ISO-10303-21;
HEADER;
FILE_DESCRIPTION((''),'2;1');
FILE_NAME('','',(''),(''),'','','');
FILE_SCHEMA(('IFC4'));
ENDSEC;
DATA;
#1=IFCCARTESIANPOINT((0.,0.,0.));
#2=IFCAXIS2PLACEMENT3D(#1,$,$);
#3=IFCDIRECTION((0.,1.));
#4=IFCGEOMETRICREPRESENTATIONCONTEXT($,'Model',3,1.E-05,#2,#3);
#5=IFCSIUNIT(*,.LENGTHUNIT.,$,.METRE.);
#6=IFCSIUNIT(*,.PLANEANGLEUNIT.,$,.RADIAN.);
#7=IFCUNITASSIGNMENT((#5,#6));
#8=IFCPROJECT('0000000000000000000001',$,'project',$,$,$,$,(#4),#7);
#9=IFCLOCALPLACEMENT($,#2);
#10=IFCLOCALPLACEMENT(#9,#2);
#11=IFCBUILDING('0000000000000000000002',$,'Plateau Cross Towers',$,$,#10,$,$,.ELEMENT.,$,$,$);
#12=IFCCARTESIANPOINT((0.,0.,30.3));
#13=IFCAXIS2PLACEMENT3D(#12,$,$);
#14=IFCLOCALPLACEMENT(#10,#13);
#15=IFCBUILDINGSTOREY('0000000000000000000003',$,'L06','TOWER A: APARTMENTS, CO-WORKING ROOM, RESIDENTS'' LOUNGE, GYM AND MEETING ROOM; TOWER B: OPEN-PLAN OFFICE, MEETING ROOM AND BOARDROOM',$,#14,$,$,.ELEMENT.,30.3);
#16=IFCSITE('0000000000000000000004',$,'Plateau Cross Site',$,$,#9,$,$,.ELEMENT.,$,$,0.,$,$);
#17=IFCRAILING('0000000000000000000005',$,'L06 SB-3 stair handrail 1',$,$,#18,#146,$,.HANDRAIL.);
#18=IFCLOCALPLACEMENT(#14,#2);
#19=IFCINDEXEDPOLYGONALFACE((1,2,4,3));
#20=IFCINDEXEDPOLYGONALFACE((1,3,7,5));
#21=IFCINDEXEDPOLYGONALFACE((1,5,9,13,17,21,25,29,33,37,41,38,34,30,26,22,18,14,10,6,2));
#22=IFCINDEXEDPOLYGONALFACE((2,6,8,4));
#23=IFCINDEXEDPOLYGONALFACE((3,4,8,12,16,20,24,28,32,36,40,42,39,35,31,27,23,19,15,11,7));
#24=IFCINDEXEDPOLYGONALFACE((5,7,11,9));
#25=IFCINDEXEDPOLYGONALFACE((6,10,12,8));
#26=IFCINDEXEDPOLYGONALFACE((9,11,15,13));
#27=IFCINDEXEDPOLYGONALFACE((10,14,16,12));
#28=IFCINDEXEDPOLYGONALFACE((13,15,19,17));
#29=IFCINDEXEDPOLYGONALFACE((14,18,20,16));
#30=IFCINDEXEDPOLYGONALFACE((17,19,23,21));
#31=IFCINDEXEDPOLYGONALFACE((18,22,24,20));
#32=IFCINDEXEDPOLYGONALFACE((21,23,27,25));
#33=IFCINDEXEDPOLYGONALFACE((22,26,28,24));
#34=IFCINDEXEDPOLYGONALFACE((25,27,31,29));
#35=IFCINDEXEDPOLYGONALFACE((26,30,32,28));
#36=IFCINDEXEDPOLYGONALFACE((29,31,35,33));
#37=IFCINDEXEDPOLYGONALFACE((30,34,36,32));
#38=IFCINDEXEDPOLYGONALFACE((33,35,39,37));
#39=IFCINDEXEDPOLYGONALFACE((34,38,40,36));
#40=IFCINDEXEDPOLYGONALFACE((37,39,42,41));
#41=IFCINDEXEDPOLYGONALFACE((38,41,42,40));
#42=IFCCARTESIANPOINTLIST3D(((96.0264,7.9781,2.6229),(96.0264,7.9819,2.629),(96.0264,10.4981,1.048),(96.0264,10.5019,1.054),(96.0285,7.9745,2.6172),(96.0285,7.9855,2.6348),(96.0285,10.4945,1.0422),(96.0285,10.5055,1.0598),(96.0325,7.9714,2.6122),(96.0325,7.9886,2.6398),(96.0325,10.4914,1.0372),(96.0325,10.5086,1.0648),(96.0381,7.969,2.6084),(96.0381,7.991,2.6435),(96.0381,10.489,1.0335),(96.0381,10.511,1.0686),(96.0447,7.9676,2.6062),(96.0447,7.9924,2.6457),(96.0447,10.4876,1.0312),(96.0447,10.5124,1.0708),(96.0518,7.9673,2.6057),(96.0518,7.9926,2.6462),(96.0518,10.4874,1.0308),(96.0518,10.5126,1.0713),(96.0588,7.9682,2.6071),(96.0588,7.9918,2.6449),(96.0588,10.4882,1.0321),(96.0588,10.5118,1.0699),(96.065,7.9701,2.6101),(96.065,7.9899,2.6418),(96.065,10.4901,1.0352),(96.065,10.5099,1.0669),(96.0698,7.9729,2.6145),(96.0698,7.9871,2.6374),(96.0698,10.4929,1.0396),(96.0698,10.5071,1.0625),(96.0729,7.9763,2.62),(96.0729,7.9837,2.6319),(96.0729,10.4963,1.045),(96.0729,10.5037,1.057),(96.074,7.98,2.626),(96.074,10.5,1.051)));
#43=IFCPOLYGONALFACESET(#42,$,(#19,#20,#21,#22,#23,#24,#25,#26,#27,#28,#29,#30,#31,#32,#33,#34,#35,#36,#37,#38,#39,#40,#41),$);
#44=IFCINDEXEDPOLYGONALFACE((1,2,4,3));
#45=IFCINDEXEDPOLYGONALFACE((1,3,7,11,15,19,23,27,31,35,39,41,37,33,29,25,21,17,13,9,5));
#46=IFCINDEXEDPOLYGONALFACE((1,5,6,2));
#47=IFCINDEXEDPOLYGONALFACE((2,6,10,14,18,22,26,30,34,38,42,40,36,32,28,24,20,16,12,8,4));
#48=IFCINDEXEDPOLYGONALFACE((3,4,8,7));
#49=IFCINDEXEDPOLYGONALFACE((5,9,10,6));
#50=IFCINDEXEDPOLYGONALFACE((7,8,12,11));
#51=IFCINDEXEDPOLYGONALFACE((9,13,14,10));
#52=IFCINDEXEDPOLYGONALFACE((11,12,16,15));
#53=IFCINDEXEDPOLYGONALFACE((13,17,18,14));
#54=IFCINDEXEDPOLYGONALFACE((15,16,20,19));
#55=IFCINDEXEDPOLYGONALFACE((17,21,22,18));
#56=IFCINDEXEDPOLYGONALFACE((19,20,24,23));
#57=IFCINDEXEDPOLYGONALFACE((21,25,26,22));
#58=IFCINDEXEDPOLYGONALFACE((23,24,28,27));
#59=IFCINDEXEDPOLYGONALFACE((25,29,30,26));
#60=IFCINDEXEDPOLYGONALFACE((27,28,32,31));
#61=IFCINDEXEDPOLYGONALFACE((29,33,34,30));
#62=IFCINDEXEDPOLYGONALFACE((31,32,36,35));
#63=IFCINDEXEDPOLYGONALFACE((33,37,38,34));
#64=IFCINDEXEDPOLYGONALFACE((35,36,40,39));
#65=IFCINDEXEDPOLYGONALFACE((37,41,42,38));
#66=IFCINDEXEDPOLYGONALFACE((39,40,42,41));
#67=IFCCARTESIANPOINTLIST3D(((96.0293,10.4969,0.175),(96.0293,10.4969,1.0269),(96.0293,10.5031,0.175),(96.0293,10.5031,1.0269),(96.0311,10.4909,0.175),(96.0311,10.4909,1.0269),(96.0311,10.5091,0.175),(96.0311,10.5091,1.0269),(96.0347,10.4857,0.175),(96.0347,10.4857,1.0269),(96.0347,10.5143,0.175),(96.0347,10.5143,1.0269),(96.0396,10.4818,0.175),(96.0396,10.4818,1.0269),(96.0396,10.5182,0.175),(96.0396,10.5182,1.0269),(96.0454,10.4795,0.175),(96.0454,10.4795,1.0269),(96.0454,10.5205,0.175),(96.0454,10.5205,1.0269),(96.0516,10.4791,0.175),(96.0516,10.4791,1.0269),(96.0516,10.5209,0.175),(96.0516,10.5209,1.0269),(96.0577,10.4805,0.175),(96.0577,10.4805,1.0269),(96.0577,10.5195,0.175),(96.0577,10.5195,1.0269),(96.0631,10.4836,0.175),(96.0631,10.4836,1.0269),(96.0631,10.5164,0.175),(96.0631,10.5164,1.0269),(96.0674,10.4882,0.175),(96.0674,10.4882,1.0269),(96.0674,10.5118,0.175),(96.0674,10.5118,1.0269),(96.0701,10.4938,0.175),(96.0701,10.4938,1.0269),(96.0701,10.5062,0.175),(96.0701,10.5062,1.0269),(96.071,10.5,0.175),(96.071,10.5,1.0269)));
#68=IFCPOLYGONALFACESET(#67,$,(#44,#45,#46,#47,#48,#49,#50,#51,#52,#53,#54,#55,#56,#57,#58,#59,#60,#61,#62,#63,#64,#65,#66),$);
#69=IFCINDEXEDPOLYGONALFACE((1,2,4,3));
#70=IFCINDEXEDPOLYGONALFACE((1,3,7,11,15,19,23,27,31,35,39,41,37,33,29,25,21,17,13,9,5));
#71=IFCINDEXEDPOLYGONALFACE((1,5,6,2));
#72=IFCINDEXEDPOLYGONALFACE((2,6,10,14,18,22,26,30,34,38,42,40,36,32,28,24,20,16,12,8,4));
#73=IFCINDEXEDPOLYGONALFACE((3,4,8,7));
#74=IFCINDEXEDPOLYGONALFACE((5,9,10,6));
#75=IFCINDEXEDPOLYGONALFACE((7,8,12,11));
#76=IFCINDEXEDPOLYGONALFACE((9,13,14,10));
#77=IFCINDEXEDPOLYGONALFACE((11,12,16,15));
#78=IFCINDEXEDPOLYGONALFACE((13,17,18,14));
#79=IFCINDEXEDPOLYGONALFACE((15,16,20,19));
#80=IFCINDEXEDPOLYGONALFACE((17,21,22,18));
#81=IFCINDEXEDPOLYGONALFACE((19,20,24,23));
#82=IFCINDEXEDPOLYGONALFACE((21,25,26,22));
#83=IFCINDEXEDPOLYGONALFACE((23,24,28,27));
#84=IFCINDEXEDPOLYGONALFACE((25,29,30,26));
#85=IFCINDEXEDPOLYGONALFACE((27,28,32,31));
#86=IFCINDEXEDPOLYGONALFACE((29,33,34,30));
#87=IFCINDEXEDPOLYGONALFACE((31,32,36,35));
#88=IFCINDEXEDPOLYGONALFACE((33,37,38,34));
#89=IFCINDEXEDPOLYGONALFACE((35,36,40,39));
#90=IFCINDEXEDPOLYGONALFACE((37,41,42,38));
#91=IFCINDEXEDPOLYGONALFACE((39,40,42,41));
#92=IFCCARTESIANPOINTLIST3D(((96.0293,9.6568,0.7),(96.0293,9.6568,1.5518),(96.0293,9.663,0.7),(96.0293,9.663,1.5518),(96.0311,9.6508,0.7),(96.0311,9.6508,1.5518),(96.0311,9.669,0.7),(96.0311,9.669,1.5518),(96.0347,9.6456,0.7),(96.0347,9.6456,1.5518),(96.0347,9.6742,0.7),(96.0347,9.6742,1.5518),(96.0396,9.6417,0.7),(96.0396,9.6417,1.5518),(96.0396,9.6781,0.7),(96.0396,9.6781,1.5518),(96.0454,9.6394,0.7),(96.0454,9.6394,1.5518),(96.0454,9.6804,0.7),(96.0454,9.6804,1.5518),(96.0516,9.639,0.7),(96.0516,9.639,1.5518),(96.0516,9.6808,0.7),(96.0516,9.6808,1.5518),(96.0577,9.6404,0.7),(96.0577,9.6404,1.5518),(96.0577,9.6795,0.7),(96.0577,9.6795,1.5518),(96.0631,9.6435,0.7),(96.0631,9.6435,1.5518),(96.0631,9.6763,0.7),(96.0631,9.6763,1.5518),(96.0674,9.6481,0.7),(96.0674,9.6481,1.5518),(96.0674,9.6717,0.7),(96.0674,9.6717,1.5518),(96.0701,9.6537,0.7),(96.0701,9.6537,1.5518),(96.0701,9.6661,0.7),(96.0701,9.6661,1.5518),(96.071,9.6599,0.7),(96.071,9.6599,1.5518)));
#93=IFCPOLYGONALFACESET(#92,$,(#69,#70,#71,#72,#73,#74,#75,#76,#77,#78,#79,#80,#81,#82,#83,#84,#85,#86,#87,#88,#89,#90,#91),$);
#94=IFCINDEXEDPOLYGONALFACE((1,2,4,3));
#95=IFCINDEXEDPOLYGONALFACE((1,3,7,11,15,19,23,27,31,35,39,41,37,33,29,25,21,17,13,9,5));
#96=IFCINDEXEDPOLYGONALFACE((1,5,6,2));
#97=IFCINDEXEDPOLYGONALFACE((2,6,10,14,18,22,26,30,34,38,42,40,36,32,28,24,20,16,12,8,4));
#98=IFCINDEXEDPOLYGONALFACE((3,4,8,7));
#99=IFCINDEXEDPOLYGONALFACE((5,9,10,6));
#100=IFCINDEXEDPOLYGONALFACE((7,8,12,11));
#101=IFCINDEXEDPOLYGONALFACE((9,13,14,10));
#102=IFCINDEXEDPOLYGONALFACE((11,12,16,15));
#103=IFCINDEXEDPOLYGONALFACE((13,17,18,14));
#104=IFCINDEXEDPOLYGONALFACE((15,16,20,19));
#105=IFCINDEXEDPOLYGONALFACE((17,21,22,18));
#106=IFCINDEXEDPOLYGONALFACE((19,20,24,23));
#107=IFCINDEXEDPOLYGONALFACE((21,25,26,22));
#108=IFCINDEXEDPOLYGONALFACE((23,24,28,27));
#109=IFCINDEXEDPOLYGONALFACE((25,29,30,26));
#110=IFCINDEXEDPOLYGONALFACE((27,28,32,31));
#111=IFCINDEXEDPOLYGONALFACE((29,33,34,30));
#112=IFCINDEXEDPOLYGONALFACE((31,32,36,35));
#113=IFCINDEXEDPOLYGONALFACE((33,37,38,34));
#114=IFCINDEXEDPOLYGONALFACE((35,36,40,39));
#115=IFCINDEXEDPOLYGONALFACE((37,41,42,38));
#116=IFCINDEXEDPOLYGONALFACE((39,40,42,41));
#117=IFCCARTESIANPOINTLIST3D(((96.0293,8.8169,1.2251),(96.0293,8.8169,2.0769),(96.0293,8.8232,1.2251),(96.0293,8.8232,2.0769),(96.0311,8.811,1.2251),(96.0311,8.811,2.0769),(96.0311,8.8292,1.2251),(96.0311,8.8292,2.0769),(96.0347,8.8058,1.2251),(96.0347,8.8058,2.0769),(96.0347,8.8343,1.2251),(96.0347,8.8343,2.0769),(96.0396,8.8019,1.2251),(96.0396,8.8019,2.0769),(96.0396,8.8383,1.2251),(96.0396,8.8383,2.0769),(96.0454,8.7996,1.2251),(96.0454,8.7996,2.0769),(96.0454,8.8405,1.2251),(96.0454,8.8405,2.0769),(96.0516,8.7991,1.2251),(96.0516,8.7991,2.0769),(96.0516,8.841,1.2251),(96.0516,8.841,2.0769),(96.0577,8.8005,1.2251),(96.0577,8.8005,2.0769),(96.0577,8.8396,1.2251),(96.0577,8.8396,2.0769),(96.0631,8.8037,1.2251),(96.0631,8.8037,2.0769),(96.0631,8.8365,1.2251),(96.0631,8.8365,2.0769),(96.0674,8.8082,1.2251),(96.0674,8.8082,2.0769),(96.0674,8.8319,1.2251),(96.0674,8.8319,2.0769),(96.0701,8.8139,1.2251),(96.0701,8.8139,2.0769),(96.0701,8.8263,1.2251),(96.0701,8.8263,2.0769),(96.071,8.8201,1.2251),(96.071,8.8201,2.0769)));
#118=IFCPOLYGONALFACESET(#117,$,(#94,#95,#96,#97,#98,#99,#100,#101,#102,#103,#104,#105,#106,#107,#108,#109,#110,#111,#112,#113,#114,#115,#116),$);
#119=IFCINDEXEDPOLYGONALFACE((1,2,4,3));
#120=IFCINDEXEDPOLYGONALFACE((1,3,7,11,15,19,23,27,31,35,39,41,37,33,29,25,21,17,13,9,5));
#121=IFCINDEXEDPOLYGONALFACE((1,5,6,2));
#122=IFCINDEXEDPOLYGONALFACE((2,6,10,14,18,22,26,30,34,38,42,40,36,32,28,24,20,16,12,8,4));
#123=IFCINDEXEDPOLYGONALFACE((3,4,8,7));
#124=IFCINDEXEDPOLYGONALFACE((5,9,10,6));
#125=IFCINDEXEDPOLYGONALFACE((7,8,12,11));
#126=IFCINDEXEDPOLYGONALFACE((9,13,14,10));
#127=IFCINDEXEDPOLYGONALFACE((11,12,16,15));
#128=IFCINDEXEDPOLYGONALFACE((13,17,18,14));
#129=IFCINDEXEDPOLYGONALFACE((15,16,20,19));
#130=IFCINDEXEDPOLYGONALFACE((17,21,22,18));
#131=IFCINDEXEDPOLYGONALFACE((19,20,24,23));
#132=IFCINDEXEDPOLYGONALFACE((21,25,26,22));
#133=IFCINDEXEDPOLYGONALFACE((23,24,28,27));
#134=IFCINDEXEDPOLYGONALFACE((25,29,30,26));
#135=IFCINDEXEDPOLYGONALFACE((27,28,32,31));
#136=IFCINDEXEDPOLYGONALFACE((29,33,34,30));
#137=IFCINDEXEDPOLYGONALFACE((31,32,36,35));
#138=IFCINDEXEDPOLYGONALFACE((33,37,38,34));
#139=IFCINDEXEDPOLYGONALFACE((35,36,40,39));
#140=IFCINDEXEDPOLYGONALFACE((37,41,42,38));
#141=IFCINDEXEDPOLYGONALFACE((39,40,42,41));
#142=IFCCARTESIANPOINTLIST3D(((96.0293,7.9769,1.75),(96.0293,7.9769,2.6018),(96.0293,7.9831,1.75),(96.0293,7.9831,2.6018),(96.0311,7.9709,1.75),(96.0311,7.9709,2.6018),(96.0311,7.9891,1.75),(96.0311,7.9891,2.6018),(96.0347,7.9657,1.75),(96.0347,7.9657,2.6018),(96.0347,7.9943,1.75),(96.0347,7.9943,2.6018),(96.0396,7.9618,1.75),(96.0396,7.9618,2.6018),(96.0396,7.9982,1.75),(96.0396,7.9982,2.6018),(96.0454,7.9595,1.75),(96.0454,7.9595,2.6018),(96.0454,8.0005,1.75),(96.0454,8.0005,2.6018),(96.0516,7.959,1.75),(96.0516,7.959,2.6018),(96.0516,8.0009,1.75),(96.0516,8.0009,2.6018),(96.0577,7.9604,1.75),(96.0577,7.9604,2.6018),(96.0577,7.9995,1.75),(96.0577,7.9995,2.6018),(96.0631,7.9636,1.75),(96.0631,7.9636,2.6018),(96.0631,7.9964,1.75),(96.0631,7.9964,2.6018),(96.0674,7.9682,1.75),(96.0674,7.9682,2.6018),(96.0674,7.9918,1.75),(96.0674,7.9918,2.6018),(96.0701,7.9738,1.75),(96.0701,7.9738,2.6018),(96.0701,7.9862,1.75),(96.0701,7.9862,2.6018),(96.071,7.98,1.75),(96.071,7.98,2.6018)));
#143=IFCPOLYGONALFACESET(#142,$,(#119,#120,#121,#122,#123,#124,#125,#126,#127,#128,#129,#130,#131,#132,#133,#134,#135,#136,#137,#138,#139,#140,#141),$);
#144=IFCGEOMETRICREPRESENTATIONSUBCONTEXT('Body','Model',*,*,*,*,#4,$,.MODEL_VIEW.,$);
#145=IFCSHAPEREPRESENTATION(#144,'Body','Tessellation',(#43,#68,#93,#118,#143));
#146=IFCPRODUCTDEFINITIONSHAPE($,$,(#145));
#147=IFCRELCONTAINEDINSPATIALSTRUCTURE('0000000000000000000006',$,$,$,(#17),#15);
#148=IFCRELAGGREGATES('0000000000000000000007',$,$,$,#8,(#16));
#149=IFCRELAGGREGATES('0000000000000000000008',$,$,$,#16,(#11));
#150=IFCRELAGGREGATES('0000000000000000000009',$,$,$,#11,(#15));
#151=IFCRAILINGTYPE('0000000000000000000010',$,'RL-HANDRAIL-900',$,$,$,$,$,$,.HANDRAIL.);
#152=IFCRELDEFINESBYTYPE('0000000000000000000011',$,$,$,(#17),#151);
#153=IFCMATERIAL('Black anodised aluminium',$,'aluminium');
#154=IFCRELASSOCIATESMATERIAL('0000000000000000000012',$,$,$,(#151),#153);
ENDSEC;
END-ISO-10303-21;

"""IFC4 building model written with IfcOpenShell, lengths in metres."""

from ifc_helpers import new_model, si_unit, direction, frame, origin, origin_2d, place, context, subcontext, project, spatial, circle, extrude, material, type_object, element, save


model = new_model("IFC4")

# Units and contexts
model_context = context("Model", 3, precision=1e-05, world=origin(), true_north=direction((0.0, 1.0)))
body_context = subcontext(model_context, "Body", "Model", "MODEL_VIEW")
ifc_project = project(units=[si_unit("LENGTHUNIT", "METRE"), si_unit("PLANEANGLEUNIT", "RADIAN")], contexts=[model_context])

# Site, building, storey
site_placement = place(None, origin())
site = spatial("IfcSite", under=ifc_project, at=site_placement, Name="Plateau Cross Site", CompositionType="ELEMENT", RefElevation=0.0)
building_placement = place(site_placement, origin())
building = spatial("IfcBuilding", under=site, at=building_placement, Name="Plateau Cross Towers", CompositionType="ELEMENT")
storey_placement = place(building_placement, frame((0.0, 0.0, 30.3)))
storey = spatial("IfcBuildingStorey", under=building, at=storey_placement, Name="L06", Description="TOWER A: APARTMENTS, CO-WORKING ROOM, RESIDENTS' LOUNGE, GYM AND MEETING ROOM; TOWER B: OPEN-PLAN OFFICE, MEETING ROOM AND BOARDROOM", CompositionType="ELEMENT", Elevation=30.3)

# Shared definitions
ifc_material_1 = material(Name="Black anodised aluminium", Category="aluminium")

# Railing
railing_type_1 = type_object("IfcRailingType", Name="RL-HANDRAIL-900", PredefinedType="HANDRAIL", material=ifc_material_1)
railing_1_placement = place(storey_placement, frame((96.05, 10.5, 0.175)))
element("IfcRailing", 1, at=railing_1_placement, inside=storey, type_object=railing_type_1, Name="L06 SB-3 stair handrail 1", PredefinedType="HANDRAIL", context=body_context, shape_type="SweptSolid", body=[
    extrude(circle(Radius=0.0239, at=origin_2d()), frame((0.0, 0.0, 0.876), z_axis=(0.0, -0.848008, 0.529984), x_axis=(1.0, 0.0, 0.0)), (0.0, 0.0, 1.0), 2.9717),
    extrude(circle(Radius=0.021, at=origin_2d()), origin(), (0.0, 0.0, 1.0), 0.8518),
    extrude(circle(Radius=0.021, at=origin_2d()), frame((0.0, -0.8401, 0.5249)), (0.0, 0.0, 1.0), 0.8518),
    extrude(circle(Radius=0.021, at=origin_2d()), frame((0.0, -1.6799, 1.05)), (0.0, 0.0, 1.0), 0.8518),
    extrude(circle(Radius=0.021, at=origin_2d()), frame((0.0, -2.52, 1.575)), (0.0, 0.0, 1.0), 0.8518),
])

save(model, "model.ifc")
